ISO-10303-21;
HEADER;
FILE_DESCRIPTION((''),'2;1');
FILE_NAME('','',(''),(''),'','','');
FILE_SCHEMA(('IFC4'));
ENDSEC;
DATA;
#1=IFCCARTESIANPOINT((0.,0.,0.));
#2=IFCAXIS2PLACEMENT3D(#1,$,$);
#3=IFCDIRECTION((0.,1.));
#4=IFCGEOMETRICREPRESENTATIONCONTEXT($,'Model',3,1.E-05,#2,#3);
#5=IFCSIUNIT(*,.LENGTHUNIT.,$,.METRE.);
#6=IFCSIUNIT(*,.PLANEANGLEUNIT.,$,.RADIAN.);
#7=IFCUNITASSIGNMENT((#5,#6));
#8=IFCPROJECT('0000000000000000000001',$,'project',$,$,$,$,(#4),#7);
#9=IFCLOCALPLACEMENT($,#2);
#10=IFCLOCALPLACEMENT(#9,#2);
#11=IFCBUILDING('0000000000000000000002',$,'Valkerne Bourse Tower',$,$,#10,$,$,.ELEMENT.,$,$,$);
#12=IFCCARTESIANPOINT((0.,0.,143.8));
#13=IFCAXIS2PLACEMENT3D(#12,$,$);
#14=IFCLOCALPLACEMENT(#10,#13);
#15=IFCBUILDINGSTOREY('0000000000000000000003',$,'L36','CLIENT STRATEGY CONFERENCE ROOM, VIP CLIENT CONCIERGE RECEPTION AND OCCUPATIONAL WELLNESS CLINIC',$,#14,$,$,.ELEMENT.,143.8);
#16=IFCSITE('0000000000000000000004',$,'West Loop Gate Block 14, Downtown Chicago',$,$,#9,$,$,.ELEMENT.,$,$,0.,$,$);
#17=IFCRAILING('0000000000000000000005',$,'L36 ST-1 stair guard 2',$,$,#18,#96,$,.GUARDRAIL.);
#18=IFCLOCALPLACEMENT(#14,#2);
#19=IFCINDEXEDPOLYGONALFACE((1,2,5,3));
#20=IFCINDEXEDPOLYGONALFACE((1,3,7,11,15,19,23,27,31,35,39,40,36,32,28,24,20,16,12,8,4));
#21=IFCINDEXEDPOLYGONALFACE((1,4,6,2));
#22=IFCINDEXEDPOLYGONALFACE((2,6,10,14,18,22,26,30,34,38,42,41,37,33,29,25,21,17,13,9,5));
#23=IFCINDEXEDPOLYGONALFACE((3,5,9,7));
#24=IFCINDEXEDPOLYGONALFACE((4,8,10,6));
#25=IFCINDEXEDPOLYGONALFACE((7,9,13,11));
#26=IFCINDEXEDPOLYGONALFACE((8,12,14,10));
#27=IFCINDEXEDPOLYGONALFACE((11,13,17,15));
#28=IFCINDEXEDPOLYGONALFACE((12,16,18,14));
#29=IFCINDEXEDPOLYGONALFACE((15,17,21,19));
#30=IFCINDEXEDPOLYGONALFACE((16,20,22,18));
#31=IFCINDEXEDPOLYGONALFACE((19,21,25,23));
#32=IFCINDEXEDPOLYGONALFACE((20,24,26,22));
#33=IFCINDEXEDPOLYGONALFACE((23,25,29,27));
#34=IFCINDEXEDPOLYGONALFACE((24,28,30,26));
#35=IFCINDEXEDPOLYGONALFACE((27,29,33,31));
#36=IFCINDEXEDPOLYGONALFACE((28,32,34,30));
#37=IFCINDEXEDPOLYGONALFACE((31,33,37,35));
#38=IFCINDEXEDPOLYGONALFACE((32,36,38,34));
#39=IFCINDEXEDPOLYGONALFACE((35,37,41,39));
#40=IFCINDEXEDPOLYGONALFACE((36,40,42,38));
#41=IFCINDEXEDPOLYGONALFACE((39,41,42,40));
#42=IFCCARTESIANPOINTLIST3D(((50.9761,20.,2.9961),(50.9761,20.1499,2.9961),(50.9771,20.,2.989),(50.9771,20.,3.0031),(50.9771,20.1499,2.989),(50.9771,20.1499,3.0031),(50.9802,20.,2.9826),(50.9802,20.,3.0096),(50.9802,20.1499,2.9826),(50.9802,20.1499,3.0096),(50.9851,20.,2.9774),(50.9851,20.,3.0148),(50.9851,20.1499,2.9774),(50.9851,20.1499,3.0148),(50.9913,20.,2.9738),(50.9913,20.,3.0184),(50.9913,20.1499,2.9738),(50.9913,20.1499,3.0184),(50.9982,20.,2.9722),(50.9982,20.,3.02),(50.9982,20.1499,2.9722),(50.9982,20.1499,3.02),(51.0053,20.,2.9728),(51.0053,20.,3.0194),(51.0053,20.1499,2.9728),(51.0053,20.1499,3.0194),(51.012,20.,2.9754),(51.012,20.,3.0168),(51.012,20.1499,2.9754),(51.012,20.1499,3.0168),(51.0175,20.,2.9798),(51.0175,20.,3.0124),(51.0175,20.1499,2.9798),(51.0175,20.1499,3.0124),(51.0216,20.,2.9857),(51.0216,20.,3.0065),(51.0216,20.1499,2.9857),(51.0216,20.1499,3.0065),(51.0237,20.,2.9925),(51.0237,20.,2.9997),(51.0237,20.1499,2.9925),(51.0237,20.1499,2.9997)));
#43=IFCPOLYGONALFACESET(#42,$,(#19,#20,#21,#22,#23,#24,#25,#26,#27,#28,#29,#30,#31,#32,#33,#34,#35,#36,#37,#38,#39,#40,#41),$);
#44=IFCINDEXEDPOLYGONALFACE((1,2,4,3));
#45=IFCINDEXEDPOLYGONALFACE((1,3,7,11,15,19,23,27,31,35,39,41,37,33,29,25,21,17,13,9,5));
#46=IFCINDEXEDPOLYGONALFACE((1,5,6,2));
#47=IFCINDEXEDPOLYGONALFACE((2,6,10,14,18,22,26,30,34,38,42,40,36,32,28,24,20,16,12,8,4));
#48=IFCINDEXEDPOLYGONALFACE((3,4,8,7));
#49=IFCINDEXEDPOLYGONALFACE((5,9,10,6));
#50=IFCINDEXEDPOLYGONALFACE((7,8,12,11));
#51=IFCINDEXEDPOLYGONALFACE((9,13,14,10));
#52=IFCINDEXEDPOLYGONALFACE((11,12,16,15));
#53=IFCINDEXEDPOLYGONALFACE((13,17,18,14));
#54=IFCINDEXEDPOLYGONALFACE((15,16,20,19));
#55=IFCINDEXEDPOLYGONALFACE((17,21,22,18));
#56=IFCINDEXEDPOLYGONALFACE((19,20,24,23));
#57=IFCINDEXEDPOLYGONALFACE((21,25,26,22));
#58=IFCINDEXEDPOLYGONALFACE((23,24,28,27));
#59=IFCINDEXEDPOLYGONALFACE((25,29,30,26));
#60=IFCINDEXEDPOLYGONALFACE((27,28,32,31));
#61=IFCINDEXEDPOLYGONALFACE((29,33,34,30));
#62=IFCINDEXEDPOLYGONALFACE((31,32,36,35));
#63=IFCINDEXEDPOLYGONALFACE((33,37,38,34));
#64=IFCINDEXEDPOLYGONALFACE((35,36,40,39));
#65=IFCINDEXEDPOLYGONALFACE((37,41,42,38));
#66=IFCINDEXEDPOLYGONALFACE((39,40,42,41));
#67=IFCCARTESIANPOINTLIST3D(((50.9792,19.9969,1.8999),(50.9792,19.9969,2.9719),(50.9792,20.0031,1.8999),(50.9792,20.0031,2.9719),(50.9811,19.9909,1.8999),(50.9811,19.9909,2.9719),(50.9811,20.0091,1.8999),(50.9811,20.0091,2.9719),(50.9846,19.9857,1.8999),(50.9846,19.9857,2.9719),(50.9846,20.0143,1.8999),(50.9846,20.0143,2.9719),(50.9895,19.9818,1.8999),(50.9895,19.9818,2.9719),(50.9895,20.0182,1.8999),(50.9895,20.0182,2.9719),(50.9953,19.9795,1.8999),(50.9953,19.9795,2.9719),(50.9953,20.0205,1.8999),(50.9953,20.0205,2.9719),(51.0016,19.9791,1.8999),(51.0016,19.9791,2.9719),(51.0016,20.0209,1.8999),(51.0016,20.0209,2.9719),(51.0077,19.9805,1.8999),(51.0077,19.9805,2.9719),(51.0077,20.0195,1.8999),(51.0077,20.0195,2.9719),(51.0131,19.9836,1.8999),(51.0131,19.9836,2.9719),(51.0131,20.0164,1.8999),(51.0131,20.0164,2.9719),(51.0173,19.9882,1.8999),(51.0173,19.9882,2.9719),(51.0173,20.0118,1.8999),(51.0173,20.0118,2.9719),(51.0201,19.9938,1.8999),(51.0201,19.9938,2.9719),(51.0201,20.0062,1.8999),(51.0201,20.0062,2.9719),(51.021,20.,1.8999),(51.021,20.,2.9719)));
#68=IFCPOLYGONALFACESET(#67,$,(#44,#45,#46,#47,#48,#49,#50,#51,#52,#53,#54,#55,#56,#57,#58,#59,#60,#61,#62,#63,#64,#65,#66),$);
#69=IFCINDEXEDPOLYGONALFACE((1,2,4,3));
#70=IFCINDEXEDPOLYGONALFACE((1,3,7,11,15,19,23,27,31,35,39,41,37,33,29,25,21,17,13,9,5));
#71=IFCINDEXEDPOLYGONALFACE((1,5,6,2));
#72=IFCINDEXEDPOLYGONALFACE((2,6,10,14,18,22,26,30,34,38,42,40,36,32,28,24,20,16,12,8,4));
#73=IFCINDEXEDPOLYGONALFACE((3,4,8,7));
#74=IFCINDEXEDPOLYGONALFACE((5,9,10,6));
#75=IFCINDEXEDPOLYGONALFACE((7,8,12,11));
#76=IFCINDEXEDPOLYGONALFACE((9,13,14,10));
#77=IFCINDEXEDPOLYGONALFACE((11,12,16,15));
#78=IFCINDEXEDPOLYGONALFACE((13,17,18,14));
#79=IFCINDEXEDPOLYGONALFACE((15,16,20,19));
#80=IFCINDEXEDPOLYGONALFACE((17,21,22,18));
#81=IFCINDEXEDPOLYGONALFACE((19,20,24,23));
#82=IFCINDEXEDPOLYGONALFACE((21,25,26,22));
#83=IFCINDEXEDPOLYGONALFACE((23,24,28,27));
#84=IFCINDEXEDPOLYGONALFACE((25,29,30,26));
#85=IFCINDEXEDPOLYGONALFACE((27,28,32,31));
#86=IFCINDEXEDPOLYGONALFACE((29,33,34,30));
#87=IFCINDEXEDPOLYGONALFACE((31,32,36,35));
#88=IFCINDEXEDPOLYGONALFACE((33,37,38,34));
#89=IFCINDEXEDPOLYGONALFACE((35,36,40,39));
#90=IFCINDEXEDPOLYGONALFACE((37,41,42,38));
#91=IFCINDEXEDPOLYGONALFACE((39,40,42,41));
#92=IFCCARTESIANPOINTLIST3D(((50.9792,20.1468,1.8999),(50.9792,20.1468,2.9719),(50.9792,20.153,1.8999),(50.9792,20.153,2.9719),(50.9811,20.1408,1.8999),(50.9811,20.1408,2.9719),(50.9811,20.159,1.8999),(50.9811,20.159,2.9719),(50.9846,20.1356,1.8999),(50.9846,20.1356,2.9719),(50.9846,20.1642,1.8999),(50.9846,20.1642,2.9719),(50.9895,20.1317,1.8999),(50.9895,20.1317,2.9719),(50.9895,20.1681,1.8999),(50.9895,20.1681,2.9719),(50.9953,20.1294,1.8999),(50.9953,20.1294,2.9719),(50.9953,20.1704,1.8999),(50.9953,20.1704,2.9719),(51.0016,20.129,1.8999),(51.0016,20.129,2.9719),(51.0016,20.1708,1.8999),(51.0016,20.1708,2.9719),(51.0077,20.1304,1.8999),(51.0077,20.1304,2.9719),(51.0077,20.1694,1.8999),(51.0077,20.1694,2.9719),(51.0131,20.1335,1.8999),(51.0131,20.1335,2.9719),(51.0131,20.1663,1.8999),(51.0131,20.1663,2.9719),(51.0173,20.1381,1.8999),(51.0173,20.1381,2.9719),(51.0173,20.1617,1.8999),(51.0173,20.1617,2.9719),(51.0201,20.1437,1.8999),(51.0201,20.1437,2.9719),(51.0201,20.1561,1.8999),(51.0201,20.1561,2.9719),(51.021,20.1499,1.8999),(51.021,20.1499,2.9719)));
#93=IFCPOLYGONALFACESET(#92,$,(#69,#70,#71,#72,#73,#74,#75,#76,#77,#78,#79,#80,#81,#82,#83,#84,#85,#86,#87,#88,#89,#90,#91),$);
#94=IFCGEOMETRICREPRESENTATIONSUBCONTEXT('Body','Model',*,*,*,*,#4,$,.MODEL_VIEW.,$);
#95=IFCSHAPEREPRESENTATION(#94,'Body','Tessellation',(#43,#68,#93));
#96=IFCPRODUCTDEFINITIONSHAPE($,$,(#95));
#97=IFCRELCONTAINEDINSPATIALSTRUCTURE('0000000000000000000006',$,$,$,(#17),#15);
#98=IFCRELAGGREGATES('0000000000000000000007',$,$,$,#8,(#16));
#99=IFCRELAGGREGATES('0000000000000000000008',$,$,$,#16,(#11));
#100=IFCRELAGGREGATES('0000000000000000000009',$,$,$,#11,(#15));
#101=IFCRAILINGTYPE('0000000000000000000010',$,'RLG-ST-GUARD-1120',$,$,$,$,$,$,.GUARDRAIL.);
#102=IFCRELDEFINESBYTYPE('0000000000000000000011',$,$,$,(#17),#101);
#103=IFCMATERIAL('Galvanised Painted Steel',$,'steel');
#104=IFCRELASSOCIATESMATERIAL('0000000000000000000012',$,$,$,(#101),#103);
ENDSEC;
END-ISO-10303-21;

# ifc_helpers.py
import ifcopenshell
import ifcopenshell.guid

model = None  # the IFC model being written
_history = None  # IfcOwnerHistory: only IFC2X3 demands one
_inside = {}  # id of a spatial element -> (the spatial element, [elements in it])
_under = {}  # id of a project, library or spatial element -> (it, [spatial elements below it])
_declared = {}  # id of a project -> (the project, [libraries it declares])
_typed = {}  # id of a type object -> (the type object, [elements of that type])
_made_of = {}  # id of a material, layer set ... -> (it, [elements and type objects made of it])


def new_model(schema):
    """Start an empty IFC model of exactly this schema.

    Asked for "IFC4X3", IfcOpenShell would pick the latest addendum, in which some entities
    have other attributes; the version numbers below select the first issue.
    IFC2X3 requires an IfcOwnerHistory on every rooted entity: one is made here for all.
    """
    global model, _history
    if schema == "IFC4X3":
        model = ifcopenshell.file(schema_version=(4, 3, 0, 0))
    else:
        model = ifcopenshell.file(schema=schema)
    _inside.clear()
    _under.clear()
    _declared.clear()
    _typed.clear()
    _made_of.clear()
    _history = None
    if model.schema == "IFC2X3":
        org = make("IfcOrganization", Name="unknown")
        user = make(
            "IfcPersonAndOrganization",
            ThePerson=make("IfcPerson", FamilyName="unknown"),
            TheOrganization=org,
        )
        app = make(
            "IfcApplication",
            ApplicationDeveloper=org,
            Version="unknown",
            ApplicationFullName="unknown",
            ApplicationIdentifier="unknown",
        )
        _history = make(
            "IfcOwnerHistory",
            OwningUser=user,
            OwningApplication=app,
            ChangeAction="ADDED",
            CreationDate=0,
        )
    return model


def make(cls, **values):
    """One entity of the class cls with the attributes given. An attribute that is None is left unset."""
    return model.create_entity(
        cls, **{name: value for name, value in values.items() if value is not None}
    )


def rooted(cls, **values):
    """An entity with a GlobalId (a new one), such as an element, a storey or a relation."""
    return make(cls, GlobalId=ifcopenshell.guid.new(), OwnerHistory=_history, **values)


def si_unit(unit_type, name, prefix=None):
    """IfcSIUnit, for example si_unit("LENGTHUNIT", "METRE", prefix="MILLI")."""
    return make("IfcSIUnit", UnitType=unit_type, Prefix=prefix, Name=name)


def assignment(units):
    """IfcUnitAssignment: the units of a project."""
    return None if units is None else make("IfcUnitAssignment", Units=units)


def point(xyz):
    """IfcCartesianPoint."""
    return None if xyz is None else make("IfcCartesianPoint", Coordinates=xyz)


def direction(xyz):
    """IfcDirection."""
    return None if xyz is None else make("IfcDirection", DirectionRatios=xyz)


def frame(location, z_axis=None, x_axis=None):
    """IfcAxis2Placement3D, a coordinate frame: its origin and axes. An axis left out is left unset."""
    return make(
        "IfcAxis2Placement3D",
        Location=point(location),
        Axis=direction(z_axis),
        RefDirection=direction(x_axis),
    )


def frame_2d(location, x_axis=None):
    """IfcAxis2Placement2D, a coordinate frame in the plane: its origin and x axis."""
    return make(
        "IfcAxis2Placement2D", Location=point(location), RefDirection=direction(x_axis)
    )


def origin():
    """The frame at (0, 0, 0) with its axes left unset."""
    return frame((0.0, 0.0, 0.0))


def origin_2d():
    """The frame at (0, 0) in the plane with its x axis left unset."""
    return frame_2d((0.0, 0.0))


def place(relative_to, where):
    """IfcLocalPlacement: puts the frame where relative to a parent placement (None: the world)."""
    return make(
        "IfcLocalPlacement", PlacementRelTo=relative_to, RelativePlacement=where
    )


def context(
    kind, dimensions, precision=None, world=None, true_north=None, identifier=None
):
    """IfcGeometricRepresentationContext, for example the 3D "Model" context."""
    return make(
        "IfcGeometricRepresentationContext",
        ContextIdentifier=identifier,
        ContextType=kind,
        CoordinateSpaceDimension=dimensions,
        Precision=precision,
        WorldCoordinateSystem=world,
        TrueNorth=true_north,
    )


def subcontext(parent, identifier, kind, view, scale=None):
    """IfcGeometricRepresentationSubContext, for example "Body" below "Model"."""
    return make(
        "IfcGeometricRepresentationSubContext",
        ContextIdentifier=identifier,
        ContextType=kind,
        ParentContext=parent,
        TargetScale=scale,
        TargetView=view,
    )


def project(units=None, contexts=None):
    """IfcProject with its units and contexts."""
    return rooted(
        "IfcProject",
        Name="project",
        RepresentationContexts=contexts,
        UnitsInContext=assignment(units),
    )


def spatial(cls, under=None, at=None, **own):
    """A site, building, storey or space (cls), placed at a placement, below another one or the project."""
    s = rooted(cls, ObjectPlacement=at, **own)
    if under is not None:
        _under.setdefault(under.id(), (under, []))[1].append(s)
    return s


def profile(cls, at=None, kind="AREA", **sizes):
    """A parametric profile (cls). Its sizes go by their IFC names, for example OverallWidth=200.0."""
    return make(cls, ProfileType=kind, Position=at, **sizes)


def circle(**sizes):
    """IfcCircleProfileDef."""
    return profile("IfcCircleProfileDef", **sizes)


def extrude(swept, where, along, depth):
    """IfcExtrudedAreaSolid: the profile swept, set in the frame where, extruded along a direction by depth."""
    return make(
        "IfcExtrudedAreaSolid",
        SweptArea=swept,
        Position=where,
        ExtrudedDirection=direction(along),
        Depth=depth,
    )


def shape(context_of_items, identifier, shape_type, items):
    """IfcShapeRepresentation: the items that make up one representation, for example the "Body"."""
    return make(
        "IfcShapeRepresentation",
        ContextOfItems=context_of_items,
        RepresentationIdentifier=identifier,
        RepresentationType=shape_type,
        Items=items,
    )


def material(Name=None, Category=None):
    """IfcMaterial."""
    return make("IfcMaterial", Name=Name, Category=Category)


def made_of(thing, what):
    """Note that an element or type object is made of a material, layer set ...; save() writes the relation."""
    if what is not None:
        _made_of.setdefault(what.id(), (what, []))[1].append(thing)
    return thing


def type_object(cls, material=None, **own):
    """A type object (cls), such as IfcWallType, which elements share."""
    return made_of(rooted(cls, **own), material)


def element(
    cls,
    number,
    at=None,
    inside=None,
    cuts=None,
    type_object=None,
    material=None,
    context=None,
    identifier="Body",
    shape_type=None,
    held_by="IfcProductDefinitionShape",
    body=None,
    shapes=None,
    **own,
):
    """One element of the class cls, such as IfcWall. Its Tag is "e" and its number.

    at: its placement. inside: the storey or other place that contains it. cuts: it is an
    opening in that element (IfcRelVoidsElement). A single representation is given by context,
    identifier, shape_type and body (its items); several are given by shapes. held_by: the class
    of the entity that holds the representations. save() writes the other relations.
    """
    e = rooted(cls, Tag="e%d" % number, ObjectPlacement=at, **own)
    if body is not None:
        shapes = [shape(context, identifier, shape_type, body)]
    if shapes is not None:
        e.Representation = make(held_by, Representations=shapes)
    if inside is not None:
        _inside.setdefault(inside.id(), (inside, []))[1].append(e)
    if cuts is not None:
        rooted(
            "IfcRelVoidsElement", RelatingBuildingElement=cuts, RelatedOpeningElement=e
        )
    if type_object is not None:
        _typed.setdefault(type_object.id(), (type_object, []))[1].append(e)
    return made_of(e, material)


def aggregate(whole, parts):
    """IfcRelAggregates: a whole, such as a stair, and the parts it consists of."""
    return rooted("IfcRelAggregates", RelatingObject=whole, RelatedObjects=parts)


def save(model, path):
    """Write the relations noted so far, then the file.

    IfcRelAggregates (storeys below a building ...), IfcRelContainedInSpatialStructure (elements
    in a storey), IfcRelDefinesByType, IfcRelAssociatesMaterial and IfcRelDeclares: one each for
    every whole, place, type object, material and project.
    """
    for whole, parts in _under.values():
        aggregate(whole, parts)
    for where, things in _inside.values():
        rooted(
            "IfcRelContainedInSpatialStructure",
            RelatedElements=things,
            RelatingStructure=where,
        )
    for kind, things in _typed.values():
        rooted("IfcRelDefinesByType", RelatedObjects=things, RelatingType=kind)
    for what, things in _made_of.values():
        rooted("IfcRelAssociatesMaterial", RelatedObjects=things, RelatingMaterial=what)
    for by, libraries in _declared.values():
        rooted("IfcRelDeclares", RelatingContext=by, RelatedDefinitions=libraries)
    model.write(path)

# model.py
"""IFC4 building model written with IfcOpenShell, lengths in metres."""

from ifc_helpers import new_model, si_unit, direction, frame, origin, origin_2d, place, context, subcontext, project, spatial, circle, extrude, material, type_object, element, save


model = new_model("IFC4")

# Units and contexts
model_context = context("Model", 3, precision=1e-05, world=origin(), true_north=direction((0.0, 1.0)))
body_context = subcontext(model_context, "Body", "Model", "MODEL_VIEW")
ifc_project = project(units=[si_unit("LENGTHUNIT", "METRE"), si_unit("PLANEANGLEUNIT", "RADIAN")], contexts=[model_context])

# Site, building, storey
site_placement = place(None, origin())
site = spatial("IfcSite", under=ifc_project, at=site_placement, Name="West Loop Gate Block 14, Downtown Chicago", CompositionType="ELEMENT", RefElevation=0.0)
building_placement = place(site_placement, origin())
building = spatial("IfcBuilding", under=site, at=building_placement, Name="Valkerne Bourse Tower", CompositionType="ELEMENT")
storey_placement = place(building_placement, frame((0.0, 0.0, 143.8)))
storey = spatial("IfcBuildingStorey", under=building, at=storey_placement, Name="L36", Description="CLIENT STRATEGY CONFERENCE ROOM, VIP CLIENT CONCIERGE RECEPTION AND OCCUPATIONAL WELLNESS CLINIC", CompositionType="ELEMENT", Elevation=143.8)

# Shared definitions
ifc_material_1 = material(Name="Galvanised Painted Steel", Category="steel")

# Railing
railing_type_1 = type_object("IfcRailingType", Name="RLG-ST-GUARD-1120", PredefinedType="GUARDRAIL", material=ifc_material_1)
railing_1_placement = place(storey_placement, frame((51.0, 20.0, 1.8999)))
element("IfcRailing", 1, at=railing_1_placement, inside=storey, type_object=railing_type_1, Name="L36 ST-1 stair guard 2", PredefinedType="GUARDRAIL", context=body_context, shape_type="SweptSolid", body=[
    extrude(circle(Radius=0.0239, at=origin_2d()), frame((0.0, 0.0, 1.0962), z_axis=(0.0, 1.0, 0.0), x_axis=(-1.0, 0.0, 0.0)), (0.0, 0.0, 1.0), 0.1499),
    extrude(circle(Radius=0.021, at=origin_2d()), origin(), (0.0, 0.0, 1.0), 1.072),
    extrude(circle(Radius=0.021, at=origin_2d()), frame((0.0, 0.1499, 0.0)), (0.0, 0.0, 1.0), 1.072),
])

save(model, "model.ifc")
